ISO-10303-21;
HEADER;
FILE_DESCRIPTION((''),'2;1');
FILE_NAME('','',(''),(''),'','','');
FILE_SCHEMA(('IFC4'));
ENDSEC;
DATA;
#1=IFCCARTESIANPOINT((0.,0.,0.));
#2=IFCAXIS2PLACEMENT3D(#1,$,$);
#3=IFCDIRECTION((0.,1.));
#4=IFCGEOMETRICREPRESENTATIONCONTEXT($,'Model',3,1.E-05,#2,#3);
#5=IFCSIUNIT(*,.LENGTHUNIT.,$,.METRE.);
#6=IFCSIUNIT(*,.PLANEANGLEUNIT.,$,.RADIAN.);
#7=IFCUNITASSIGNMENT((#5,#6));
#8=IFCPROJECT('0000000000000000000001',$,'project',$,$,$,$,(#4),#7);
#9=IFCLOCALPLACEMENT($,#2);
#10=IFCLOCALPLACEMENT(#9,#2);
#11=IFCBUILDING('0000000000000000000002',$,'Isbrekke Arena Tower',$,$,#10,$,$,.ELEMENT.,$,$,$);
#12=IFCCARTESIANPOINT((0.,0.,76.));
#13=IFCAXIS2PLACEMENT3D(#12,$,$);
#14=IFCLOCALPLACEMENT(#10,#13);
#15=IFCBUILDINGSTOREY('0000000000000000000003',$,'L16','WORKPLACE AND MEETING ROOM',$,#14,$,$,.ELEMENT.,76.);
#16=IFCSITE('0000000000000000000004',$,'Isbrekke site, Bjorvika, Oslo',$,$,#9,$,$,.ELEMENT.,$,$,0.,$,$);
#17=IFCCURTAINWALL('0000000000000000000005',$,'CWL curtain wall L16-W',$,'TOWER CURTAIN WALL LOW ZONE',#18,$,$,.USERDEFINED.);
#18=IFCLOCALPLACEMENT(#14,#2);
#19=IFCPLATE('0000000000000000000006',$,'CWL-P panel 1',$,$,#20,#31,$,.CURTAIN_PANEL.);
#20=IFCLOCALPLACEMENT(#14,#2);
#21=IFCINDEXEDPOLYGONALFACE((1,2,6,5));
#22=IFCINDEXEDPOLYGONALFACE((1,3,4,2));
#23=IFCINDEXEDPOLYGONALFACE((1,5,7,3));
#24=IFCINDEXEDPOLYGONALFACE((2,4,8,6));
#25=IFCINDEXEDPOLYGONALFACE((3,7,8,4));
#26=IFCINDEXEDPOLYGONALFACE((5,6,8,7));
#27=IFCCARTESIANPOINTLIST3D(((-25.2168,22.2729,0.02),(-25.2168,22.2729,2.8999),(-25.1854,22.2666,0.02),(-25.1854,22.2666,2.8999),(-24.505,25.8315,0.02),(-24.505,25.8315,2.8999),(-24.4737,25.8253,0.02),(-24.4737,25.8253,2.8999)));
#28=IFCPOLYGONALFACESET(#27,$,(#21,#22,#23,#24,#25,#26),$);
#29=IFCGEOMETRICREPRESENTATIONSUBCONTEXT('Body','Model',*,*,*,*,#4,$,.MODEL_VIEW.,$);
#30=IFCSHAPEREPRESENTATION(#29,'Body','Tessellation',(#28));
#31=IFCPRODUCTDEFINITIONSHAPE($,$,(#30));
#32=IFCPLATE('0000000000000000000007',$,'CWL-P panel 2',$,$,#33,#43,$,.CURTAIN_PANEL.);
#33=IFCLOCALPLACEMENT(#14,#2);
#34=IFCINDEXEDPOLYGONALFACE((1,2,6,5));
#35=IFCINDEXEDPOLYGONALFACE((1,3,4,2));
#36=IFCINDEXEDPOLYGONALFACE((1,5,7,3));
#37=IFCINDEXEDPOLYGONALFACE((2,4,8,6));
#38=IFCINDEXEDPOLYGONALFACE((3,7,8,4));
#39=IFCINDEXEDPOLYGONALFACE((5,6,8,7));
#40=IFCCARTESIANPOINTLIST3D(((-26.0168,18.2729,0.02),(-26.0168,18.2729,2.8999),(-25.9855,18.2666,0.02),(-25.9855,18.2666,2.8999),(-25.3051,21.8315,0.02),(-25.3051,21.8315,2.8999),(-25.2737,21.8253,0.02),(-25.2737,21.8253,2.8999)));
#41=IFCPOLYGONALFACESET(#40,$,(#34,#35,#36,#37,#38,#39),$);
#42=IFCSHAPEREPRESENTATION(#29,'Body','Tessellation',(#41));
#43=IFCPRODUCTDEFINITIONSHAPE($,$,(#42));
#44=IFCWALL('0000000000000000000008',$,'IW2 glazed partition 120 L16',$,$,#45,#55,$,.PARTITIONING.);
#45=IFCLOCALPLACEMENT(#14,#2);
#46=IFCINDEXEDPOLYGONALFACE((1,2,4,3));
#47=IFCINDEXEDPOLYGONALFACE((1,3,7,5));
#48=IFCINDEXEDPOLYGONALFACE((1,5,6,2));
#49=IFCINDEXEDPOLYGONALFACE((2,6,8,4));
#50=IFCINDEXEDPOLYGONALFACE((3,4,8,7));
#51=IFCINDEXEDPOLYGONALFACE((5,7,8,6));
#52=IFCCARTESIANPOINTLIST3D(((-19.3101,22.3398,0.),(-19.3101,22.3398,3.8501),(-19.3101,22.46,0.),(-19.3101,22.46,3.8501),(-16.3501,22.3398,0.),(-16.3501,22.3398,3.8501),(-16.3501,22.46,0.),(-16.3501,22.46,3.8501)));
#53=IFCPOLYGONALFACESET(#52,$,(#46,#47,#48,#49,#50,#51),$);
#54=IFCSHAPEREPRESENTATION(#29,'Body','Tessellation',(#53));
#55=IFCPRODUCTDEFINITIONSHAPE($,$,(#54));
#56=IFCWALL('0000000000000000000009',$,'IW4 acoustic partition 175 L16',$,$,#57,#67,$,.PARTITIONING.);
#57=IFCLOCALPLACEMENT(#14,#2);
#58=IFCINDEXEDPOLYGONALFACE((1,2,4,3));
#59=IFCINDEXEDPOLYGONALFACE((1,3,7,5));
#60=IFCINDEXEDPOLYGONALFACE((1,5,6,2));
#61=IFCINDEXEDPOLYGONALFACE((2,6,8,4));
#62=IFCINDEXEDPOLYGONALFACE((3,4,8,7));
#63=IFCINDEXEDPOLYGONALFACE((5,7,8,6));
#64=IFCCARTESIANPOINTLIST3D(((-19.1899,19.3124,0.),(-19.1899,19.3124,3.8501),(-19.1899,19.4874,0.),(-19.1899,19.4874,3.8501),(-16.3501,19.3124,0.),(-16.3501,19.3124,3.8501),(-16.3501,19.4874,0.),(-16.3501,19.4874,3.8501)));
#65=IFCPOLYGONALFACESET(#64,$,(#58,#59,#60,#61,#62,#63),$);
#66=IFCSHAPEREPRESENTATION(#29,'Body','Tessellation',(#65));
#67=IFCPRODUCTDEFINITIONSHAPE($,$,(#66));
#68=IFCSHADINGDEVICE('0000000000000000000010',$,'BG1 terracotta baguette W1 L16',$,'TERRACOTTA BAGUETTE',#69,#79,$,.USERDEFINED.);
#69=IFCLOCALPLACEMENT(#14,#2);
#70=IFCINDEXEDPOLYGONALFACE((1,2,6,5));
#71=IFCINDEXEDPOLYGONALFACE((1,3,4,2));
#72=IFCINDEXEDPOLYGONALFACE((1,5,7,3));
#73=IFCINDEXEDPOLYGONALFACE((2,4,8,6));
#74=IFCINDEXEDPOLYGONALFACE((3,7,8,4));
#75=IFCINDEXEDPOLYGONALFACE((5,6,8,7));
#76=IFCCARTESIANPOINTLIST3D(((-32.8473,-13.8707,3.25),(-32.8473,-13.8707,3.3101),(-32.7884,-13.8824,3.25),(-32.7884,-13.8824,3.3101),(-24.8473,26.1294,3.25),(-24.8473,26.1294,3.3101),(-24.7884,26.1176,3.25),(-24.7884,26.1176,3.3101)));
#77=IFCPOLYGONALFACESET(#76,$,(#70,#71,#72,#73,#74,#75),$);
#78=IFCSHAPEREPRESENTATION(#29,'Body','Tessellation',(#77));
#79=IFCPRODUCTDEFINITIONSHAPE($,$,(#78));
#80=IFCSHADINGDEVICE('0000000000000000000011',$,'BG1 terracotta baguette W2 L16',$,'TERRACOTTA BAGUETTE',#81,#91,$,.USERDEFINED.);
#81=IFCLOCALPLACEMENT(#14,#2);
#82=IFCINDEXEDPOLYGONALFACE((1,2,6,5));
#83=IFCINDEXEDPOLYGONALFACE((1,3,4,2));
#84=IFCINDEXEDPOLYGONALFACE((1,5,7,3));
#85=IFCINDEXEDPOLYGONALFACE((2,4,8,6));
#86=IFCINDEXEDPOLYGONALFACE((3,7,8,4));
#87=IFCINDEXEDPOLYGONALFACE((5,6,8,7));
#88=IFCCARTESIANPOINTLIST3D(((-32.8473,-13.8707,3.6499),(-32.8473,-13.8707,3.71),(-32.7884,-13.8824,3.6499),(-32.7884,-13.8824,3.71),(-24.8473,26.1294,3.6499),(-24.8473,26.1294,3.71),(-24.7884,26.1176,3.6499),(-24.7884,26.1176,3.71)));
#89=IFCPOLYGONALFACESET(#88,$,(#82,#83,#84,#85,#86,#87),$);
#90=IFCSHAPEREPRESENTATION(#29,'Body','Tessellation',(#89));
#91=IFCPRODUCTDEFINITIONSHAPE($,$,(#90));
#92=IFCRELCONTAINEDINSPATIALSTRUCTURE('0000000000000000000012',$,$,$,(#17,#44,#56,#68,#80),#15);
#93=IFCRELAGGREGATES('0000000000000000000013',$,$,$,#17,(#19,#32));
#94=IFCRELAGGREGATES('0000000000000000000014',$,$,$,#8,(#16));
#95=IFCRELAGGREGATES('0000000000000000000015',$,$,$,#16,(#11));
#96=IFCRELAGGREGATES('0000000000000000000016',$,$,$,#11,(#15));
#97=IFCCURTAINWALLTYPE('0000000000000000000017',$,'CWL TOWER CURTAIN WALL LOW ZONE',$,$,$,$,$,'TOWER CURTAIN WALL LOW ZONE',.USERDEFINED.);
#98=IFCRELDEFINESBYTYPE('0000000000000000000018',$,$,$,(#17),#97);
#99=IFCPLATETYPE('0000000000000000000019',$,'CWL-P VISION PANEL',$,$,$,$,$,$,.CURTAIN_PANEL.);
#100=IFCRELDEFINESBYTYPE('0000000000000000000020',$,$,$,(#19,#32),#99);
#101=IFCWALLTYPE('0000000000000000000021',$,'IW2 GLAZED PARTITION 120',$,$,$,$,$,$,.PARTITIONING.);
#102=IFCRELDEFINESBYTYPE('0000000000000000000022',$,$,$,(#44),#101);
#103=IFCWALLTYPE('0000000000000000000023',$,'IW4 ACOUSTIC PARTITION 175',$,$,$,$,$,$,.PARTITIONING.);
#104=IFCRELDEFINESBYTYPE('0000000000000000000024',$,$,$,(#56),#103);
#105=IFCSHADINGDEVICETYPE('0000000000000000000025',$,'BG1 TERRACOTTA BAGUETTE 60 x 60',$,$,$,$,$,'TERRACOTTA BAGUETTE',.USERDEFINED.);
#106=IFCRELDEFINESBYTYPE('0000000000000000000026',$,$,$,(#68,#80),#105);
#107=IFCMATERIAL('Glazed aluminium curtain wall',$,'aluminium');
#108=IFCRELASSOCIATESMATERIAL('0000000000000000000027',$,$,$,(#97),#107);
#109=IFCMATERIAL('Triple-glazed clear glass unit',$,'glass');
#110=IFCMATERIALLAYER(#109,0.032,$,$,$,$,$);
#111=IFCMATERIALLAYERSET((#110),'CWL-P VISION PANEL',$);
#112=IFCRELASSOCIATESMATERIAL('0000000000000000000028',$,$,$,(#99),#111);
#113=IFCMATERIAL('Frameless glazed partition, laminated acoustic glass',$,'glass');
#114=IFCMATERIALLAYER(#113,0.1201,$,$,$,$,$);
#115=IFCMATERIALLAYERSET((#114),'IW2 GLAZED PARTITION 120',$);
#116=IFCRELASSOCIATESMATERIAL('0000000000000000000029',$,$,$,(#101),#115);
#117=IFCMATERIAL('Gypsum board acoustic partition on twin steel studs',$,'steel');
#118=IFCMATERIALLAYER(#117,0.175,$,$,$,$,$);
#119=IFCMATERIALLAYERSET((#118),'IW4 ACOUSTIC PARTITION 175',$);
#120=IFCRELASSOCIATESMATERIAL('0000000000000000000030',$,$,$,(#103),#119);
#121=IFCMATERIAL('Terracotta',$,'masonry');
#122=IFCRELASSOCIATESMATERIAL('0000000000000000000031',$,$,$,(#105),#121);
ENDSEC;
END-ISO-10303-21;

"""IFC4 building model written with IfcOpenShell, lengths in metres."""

from ifc_helpers import new_model, si_unit, direction, frame, frame_2d, origin, origin_2d, place, context, subcontext, project, spatial, rectangle, extrude, material, layer, layer_set, material_profile, profile_set, type_object, element, aggregate, save


model = new_model("IFC4")

# Units and contexts
model_context = context("Model", 3, precision=1e-05, world=origin(), true_north=direction((0.0, 1.0)))
body_context = subcontext(model_context, "Body", "Model", "MODEL_VIEW")
ifc_project = project(units=[si_unit("LENGTHUNIT", "METRE"), si_unit("PLANEANGLEUNIT", "RADIAN")], contexts=[model_context])

# Site, building, storey
site_placement = place(None, origin())
site = spatial("IfcSite", under=ifc_project, at=site_placement, Name="Isbrekke site, Bjorvika, Oslo", CompositionType="ELEMENT", RefElevation=0.0)
building_placement = place(site_placement, origin())
building = spatial("IfcBuilding", under=site, at=building_placement, Name="Isbrekke Arena Tower", CompositionType="ELEMENT")
storey_placement = place(building_placement, frame((0.0, 0.0, 76.0)))
storey = spatial("IfcBuildingStorey", under=building, at=storey_placement, Name="L16", Description="WORKPLACE AND MEETING ROOM", CompositionType="ELEMENT", Elevation=76.0)

# Shared definitions
ifc_material_1 = material(Name="Glazed aluminium curtain wall", Category="aluminium")
curtain_wall_type = type_object("IfcCurtainWallType", Name="CWL TOWER CURTAIN WALL LOW ZONE", ElementType="TOWER CURTAIN WALL LOW ZONE", PredefinedType="USERDEFINED", material=ifc_material_1)

# Curtain wall
curtain_wall_1_placement = place(storey_placement, origin())
curtain_wall_1 = element("IfcCurtainWall", 1, at=curtain_wall_1_placement, inside=storey, type_object=curtain_wall_type, Name="CWL curtain wall L16-W", ObjectType="TOWER CURTAIN WALL LOW ZONE", PredefinedType="USERDEFINED")

# Plates
ifc_material_2 = material(Name="Triple-glazed clear glass unit", Category="glass")
ifc_layer_1 = layer(ifc_material_2, 0.032)
ifc_layer_set_1 = layer_set([ifc_layer_1], Name="CWL-P VISION PANEL")
plate_type = type_object("IfcPlateType", Name="CWL-P VISION PANEL", PredefinedType="CURTAIN_PANEL", material=ifc_layer_set_1)
plate_1_placement = place(storey_placement, frame((-24.8452, 24.0491, 0.02), z_axis=(0.0, 0.0, 1.0), x_axis=(-0.196116, -0.980581, 0.0)))
plate_1 = element("IfcPlate", 2, at=plate_1_placement, type_object=plate_type, Name="CWL-P panel 1", PredefinedType="CURTAIN_PANEL", context=body_context, shape_type="SweptSolid", body=[
    extrude(rectangle(XDim=3.6292, YDim=0.032, at=origin_2d()), origin(), (0.0, 0.0, 1.0), 2.8799),
])
plate_2_placement = place(storey_placement, frame((-25.6453, 20.0491, 0.02), z_axis=(0.0, 0.0, 1.0), x_axis=(-0.196116, -0.980581, 0.0)))
plate_2 = element("IfcPlate", 3, at=plate_2_placement, type_object=plate_type, Name="CWL-P panel 2", PredefinedType="CURTAIN_PANEL", context=body_context, shape_type="SweptSolid", body=[
    extrude(rectangle(XDim=3.6292, YDim=0.032, at=origin_2d()), origin(), (0.0, 0.0, 1.0), 2.8799),
])
aggregate(curtain_wall_1, [plate_1, plate_2])

# Wall
ifc_material_3 = material(Name="Frameless glazed partition, laminated acoustic glass", Category="glass")
ifc_layer_2 = layer(ifc_material_3, 0.1201)
ifc_layer_set_2 = layer_set([ifc_layer_2], Name="IW2 GLAZED PARTITION 120")
wall_type_1 = type_object("IfcWallType", Name="IW2 GLAZED PARTITION 120", PredefinedType="PARTITIONING", material=ifc_layer_set_2)
wall_1_placement = place(storey_placement, frame((-19.3101, 22.3999, 0.0), z_axis=(0.0, 0.0, 1.0), x_axis=(1.0, 0.0, 0.0)))
element("IfcWall", 4, at=wall_1_placement, inside=storey, type_object=wall_type_1, Name="IW2 glazed partition 120 L16", PredefinedType="PARTITIONING", context=body_context, shape_type="SweptSolid", body=[
    extrude(rectangle(XDim=2.96, YDim=0.1201, at=frame_2d((1.48, 0.0))), origin(), (0.0, 0.0, 1.0), 3.8501),
])

# Wall
ifc_material_4 = material(Name="Gypsum board acoustic partition on twin steel studs", Category="steel")
ifc_layer_3 = layer(ifc_material_4, 0.175)
ifc_layer_set_3 = layer_set([ifc_layer_3], Name="IW4 ACOUSTIC PARTITION 175")
wall_type_2 = type_object("IfcWallType", Name="IW4 ACOUSTIC PARTITION 175", PredefinedType="PARTITIONING", material=ifc_layer_set_3)
wall_2_placement = place(storey_placement, frame((-19.1899, 19.3999, 0.0), z_axis=(0.0, 0.0, 1.0), x_axis=(1.0, 0.0, 0.0)))
element("IfcWall", 5, at=wall_2_placement, inside=storey, type_object=wall_type_2, Name="IW4 acoustic partition 175 L16", PredefinedType="PARTITIONING", context=body_context, shape_type="SweptSolid", body=[
    extrude(rectangle(XDim=2.8398, YDim=0.175, at=frame_2d((1.4199, 0.0))), origin(), (0.0, 0.0, 1.0), 3.8501),
])

# Shading devices
ifc_material_5 = material(Name="Terracotta", Category="masonry")
ifc_material_profile_1 = material_profile(ifc_material_5, rectangle(XDim=0.0601, YDim=0.0601, at=origin_2d()), Name="BAGUETTE 60X60")
ifc_profile_set_1 = profile_set([ifc_material_profile_1], Name="Terracotta")
shading_device_type = type_object("IfcShadingDeviceType", Name="BG1 TERRACOTTA BAGUETTE 60 x 60", ElementType="TERRACOTTA BAGUETTE", PredefinedType="USERDEFINED", material=ifc_profile_set_1)
for number, where, z_axis, x_axis, name in (
    (6, (-24.8179, 26.1235, 3.28), (-0.196116, -0.980581, 0.0), (0.980581, -0.196116, 0.0), "BG1 terracotta baguette W1 L16"),
    (7, (-24.8179, 26.1235, 3.6799), (-0.196116, -0.980581, 0.0), (0.980581, -0.196116, 0.0), "BG1 terracotta baguette W2 L16"),
):
    element("IfcShadingDevice", number, at=place(storey_placement, frame(where, z_axis=z_axis, x_axis=x_axis)), inside=storey, type_object=shading_device_type, Name=name, ObjectType="TERRACOTTA BAGUETTE", PredefinedType="USERDEFINED", context=body_context, shape_type="SweptSolid", body=[
        extrude(rectangle(XDim=0.0601, YDim=0.0601, at=origin_2d()), origin(), (0.0, 0.0, 1.0), 40.7922),
    ])

save(model, "model.ifc")
